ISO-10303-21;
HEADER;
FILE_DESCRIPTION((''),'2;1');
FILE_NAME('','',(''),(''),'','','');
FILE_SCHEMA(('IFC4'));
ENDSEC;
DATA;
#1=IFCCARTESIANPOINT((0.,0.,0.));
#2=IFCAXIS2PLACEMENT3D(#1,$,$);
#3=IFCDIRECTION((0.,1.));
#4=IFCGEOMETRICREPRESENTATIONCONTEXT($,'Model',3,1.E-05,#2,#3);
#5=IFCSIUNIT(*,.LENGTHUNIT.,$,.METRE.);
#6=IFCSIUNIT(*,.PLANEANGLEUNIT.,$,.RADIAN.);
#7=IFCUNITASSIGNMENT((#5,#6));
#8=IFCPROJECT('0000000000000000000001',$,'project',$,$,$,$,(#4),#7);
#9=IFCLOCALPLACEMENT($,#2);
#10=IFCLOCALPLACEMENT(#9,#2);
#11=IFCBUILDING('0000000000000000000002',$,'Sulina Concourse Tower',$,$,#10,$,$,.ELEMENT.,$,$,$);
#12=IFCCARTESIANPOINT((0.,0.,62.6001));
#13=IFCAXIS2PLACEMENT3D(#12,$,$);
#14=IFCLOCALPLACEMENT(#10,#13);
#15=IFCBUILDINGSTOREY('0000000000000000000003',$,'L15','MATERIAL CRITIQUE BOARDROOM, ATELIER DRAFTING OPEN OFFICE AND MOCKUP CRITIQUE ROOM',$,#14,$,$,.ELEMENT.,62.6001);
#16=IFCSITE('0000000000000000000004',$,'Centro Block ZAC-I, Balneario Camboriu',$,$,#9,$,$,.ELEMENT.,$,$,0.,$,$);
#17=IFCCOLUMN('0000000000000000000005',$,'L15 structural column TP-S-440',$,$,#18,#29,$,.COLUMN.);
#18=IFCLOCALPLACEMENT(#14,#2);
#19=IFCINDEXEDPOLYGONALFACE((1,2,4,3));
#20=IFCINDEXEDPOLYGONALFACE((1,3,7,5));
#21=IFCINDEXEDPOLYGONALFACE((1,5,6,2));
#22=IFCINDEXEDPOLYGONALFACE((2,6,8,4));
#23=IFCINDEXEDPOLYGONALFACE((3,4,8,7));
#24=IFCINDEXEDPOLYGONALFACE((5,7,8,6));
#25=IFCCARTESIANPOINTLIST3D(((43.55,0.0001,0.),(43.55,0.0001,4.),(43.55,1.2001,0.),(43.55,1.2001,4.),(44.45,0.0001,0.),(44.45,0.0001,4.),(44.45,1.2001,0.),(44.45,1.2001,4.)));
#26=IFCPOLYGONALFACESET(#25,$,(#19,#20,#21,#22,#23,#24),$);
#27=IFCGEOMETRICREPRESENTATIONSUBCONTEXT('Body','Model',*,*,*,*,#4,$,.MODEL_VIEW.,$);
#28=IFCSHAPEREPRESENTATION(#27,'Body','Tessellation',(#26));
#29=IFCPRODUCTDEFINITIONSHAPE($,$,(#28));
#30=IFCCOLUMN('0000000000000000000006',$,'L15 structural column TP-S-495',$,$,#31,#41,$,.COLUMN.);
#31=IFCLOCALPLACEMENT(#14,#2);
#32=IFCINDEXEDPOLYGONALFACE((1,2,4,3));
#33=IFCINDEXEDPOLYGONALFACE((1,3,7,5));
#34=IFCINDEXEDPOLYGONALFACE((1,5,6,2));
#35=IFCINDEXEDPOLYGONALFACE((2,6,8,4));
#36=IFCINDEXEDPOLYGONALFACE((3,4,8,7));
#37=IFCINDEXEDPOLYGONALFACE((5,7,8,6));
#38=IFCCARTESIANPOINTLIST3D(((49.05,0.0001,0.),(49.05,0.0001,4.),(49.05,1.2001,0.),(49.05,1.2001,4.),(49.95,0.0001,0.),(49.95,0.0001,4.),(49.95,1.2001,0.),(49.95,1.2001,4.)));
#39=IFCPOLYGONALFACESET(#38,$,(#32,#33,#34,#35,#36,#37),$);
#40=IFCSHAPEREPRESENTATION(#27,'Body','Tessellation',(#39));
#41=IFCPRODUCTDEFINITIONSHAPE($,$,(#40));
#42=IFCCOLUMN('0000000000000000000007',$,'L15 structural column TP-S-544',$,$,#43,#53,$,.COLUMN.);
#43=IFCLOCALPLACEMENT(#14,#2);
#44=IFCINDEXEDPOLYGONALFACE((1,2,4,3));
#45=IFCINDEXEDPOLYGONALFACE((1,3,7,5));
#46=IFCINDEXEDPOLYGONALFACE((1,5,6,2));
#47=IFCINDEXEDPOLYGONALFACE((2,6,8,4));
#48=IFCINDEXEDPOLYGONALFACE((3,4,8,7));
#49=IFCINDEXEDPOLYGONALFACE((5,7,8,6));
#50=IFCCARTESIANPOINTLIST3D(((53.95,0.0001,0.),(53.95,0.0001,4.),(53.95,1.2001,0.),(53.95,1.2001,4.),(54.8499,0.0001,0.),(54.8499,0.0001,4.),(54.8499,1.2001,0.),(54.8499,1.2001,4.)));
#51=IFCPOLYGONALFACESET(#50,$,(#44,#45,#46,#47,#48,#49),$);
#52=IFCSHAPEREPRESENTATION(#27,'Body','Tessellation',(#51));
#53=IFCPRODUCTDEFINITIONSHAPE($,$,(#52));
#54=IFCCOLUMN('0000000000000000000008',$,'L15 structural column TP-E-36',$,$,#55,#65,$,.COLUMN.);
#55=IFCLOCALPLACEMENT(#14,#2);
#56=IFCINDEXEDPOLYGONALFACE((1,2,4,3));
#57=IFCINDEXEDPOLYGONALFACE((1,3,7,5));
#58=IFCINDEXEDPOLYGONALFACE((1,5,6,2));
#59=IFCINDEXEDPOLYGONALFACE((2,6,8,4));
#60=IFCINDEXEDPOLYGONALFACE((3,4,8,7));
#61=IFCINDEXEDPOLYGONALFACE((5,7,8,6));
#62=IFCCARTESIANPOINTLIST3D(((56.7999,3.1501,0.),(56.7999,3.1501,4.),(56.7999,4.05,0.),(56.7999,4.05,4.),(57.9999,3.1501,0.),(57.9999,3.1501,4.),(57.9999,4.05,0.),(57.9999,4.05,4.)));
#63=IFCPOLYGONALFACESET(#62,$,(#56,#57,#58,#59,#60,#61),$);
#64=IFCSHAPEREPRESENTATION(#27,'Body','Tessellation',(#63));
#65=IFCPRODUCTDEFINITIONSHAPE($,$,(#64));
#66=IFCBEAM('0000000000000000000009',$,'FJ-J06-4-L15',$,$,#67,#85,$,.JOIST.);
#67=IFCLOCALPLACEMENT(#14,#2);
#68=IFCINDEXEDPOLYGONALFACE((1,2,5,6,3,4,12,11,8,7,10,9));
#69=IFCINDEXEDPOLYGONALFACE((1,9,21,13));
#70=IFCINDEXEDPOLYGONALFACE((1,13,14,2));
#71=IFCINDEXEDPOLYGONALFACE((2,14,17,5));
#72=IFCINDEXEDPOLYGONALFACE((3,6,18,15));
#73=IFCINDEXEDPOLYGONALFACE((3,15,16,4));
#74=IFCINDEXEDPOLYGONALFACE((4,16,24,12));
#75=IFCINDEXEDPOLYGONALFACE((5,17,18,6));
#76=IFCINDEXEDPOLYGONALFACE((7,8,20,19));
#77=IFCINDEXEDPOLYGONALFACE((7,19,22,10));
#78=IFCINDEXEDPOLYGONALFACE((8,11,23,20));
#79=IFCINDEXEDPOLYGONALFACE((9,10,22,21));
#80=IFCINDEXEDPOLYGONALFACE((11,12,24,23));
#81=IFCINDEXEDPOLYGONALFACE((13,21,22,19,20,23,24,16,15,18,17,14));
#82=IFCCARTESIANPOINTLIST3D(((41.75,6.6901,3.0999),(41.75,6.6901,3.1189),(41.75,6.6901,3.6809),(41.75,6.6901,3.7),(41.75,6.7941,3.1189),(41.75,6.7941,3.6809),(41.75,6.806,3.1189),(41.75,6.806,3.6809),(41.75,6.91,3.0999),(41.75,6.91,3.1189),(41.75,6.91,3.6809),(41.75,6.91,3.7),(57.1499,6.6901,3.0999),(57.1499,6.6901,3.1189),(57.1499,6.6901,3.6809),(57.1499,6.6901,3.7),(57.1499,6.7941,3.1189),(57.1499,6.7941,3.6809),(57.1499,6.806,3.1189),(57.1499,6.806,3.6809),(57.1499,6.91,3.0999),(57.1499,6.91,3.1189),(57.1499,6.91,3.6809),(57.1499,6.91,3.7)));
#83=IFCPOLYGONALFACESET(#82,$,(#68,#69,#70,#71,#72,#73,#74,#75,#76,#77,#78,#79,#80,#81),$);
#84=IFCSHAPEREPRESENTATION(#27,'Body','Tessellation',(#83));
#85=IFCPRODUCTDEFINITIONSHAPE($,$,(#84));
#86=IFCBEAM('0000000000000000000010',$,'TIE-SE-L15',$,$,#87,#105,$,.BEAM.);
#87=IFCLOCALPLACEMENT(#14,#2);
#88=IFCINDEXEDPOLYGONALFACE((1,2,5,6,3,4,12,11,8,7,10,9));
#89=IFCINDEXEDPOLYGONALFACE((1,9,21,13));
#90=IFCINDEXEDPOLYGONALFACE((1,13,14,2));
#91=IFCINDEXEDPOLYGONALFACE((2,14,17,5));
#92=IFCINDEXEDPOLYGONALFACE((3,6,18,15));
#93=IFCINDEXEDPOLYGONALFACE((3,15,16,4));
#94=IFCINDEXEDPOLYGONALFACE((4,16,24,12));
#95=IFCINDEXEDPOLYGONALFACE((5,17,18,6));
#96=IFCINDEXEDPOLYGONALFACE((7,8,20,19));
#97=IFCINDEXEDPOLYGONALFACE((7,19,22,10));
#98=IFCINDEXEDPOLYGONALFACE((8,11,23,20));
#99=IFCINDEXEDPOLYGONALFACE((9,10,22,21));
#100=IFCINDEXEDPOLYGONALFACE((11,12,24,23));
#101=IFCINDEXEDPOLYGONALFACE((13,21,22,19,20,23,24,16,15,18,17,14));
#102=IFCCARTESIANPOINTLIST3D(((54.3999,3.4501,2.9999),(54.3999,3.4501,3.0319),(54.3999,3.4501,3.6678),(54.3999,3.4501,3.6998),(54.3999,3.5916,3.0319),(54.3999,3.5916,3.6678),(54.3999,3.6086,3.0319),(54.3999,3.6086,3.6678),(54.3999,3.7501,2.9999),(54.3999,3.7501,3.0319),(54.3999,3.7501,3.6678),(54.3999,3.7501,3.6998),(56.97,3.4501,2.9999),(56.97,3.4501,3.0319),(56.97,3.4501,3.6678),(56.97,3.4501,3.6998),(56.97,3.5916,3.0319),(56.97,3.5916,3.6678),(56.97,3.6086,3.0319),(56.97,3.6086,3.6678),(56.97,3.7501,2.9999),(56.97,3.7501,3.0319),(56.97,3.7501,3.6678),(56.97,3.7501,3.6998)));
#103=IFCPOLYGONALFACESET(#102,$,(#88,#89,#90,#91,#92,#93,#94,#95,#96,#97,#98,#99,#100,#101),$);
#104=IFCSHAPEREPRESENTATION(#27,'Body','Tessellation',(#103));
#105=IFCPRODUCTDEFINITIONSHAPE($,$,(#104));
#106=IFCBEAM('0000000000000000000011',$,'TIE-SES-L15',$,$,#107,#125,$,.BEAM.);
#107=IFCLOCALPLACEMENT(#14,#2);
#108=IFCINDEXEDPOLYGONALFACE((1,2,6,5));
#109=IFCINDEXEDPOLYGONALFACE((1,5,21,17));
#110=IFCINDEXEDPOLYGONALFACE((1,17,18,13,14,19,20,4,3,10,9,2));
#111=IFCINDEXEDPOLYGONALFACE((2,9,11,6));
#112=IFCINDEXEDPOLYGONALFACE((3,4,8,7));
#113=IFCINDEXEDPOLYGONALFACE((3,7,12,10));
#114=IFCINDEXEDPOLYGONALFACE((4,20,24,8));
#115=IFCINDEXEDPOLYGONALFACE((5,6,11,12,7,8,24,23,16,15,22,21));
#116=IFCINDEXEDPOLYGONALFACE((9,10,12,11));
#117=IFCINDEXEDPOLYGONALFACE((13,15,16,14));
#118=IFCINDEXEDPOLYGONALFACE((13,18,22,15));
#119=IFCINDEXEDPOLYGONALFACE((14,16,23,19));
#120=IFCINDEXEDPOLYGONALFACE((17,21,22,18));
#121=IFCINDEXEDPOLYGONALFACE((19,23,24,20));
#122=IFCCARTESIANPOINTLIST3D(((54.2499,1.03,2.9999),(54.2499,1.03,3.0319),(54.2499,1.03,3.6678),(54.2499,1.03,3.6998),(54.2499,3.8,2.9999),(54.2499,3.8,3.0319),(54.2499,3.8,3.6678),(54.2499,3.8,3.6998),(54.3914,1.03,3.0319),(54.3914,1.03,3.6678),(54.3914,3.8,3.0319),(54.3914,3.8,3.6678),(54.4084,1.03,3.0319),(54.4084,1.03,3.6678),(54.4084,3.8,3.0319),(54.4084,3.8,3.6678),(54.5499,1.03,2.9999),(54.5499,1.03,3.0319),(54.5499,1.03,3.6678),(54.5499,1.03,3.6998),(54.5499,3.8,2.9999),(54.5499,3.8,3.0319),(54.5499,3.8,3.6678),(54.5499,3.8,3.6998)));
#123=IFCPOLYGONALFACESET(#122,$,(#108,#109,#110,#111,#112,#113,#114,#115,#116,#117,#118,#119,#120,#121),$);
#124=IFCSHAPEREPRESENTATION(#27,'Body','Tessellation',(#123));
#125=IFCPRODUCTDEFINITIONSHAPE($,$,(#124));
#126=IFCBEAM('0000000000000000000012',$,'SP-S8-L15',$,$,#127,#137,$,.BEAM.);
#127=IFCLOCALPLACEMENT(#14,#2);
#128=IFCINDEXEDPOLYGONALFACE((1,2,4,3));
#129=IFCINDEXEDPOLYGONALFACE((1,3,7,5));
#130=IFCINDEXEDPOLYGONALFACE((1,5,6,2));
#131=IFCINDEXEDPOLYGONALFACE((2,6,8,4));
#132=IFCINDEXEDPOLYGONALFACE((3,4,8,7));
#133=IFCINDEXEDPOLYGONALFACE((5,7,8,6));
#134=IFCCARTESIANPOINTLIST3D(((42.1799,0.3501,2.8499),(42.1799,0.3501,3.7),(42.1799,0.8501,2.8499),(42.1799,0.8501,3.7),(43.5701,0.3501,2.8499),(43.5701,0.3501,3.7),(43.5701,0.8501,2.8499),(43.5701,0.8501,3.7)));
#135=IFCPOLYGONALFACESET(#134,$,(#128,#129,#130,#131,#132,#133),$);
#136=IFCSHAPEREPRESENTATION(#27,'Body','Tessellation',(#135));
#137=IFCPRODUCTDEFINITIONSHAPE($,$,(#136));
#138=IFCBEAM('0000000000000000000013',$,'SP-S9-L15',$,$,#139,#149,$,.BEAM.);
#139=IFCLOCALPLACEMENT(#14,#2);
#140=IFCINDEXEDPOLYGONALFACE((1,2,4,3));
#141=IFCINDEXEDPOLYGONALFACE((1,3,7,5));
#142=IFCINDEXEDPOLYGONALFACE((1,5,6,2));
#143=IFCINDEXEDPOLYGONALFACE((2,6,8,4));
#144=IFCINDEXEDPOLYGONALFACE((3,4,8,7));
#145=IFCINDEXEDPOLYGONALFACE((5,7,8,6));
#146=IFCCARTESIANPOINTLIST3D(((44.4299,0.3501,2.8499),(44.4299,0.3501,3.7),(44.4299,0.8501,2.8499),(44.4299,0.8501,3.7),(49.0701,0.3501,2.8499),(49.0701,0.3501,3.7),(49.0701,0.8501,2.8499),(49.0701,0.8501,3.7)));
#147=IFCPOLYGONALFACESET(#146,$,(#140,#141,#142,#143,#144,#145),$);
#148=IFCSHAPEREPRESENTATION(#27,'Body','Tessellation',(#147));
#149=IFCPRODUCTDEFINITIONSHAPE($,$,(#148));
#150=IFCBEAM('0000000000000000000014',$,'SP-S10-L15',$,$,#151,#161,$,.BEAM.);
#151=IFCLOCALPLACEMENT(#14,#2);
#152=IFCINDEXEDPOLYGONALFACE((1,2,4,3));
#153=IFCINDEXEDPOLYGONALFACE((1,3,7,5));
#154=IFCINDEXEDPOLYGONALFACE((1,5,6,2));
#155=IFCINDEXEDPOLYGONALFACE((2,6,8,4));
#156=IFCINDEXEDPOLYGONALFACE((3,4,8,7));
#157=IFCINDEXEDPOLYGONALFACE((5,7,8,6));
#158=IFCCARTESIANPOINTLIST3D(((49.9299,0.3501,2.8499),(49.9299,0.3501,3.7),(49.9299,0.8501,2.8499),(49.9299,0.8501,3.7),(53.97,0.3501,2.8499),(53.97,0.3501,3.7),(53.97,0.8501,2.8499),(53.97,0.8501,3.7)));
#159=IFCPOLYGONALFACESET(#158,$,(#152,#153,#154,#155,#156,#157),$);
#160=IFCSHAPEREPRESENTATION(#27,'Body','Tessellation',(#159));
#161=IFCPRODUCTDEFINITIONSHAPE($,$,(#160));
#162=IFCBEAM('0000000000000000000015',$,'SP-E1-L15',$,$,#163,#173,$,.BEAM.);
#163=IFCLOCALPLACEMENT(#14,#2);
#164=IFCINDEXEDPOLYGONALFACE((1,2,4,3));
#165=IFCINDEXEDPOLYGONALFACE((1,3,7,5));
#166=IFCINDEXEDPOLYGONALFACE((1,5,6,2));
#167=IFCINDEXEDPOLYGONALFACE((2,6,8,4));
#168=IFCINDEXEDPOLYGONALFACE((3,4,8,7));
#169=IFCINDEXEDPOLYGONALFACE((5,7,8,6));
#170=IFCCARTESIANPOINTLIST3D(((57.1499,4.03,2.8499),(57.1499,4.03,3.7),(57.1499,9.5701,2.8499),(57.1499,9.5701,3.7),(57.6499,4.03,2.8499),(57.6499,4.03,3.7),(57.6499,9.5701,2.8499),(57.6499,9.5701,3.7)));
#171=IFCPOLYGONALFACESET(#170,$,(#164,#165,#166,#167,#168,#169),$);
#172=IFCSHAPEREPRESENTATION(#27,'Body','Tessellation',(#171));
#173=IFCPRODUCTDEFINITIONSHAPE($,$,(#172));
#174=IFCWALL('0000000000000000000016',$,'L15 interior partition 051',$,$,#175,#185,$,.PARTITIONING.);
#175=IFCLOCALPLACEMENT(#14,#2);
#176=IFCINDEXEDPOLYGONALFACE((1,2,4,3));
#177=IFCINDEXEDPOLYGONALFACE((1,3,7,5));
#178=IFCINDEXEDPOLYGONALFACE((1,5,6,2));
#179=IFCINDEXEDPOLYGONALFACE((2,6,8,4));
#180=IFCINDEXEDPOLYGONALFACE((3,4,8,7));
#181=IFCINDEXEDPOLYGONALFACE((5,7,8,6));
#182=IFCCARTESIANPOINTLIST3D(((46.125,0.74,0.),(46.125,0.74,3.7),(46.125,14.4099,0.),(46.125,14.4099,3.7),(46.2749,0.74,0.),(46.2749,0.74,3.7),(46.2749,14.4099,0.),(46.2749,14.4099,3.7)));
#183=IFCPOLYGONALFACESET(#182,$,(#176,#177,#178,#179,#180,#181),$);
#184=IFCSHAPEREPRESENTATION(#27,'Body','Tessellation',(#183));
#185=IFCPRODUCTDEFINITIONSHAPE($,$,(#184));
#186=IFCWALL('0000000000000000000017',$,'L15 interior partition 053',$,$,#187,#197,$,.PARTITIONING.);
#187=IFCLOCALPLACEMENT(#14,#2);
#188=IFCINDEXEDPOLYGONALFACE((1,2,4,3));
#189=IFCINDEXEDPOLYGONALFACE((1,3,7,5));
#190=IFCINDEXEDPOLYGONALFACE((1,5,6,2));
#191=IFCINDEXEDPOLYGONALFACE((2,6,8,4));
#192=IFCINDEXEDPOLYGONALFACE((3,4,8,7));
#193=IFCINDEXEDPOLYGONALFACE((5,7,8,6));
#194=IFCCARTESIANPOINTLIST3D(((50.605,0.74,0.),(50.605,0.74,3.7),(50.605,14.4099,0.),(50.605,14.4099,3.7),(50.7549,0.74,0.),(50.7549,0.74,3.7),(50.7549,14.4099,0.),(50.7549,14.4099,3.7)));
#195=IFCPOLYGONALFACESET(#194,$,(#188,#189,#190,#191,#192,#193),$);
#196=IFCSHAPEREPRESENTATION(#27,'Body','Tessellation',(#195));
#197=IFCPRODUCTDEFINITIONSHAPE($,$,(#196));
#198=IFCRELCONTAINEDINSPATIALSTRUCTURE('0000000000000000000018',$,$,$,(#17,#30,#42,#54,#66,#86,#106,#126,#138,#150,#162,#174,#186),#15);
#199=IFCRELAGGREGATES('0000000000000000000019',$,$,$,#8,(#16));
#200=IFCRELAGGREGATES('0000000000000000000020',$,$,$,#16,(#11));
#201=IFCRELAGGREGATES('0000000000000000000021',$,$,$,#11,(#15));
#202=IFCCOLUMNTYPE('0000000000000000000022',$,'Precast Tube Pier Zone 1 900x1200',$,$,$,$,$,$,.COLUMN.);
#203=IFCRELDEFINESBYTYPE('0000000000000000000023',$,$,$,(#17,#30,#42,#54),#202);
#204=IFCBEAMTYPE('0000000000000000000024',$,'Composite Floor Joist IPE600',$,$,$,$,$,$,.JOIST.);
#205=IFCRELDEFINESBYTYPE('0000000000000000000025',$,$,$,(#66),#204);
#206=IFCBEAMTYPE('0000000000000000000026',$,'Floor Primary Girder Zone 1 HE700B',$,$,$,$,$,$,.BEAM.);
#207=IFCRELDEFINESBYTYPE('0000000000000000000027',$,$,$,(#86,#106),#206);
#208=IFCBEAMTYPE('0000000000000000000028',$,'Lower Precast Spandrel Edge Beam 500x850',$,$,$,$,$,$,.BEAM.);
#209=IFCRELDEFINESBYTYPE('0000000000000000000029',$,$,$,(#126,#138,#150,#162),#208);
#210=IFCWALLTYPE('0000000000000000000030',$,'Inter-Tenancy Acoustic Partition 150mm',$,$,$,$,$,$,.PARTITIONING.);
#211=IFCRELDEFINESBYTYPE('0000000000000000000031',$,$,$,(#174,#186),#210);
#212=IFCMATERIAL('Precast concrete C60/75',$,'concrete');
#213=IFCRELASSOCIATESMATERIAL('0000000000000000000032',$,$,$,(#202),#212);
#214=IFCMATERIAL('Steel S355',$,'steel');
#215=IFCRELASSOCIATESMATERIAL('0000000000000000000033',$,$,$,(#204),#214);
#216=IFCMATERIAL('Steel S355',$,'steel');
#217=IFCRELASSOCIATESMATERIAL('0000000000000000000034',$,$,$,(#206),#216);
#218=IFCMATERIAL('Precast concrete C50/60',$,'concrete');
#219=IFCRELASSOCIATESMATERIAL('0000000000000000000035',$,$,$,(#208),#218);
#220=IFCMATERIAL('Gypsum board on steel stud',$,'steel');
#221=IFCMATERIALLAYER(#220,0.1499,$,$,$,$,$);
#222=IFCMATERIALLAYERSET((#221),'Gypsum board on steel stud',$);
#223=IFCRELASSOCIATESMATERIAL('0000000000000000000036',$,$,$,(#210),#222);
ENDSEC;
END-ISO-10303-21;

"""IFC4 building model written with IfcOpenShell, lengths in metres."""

from ifc_helpers import new_model, si_unit, direction, frame, frame_2d, origin, origin_2d, place, context, subcontext, project, spatial, rectangle, i_section, extrude, material, layer, layer_set, material_profile, profile_set, type_object, element, save


model = new_model("IFC4")

# Units and contexts
model_context = context("Model", 3, precision=1e-05, world=origin(), true_north=direction((0.0, 1.0)))
body_context = subcontext(model_context, "Body", "Model", "MODEL_VIEW")
ifc_project = project(units=[si_unit("LENGTHUNIT", "METRE"), si_unit("PLANEANGLEUNIT", "RADIAN")], contexts=[model_context])

# Site, building, storey
site_placement = place(None, origin())
site = spatial("IfcSite", under=ifc_project, at=site_placement, Name="Centro Block ZAC-I, Balneario Camboriu", CompositionType="ELEMENT", RefElevation=0.0)
building_placement = place(site_placement, origin())
building = spatial("IfcBuilding", under=site, at=building_placement, Name="Sulina Concourse Tower", CompositionType="ELEMENT")
storey_placement = place(building_placement, frame((0.0, 0.0, 62.6001)))
storey = spatial("IfcBuildingStorey", under=building, at=storey_placement, Name="L15", Description="MATERIAL CRITIQUE BOARDROOM, ATELIER DRAFTING OPEN OFFICE AND MOCKUP CRITIQUE ROOM", CompositionType="ELEMENT", Elevation=62.6001)

# Columns
ifc_material_1 = material(Name="Precast concrete C60/75", Category="concrete")
ifc_material_profile_1 = material_profile(ifc_material_1, rectangle(XDim=0.8999, YDim=1.2, at=origin_2d()), Name="PC 900x1200")
ifc_profile_set_1 = profile_set([ifc_material_profile_1], Name="Precast concrete C60/75")
column_type = type_object("IfcColumnType", Name="Precast Tube Pier Zone 1 900x1200", PredefinedType="COLUMN", material=ifc_profile_set_1)
for number, where, z_axis, x_axis, name in (
    (1, (44.0, 0.6001, 0.0), (0.0, 0.0, 1.0), (1.0, 0.0, 0.0), "L15 structural column TP-S-440"),
    (2, (49.5, 0.6001, 0.0), (0.0, 0.0, 1.0), (1.0, 0.0, 0.0), "L15 structural column TP-S-495"),
    (3, (54.3999, 0.6001, 0.0), (0.0, 0.0, 1.0), (1.0, 0.0, 0.0), "L15 structural column TP-S-544"),
    (4, (57.3999, 3.6001, 0.0), (0.0, 0.0, 1.0), (0.0, 1.0, 0.0), "L15 structural column TP-E-36"),
):
    element("IfcColumn", number, at=place(storey_placement, frame(where, z_axis=z_axis, x_axis=x_axis)), inside=storey, type_object=column_type, Name=name, PredefinedType="COLUMN", context=body_context, shape_type="SweptSolid", body=[
        extrude(rectangle(XDim=0.8999, YDim=1.2, at=origin_2d()), origin(), (0.0, 0.0, 1.0), 4.0),
    ])

# Beams
ifc_material_2 = material(Name="Steel S355", Category="steel")
ifc_material_profile_2 = material_profile(ifc_material_2, i_section(OverallWidth=0.22, OverallDepth=0.6001, WebThickness=0.012, FlangeThickness=0.019, at=origin_2d()), Name="IPE 600")
ifc_profile_set_2 = profile_set([ifc_material_profile_2], Name="Steel S355")
beam_type_1 = type_object("IfcBeamType", Name="Composite Floor Joist IPE600", PredefinedType="JOIST", material=ifc_profile_set_2)
beam_1_placement = place(storey_placement, frame((41.75, 6.8, 3.3999), z_axis=(1.0, 0.0, 0.0), x_axis=(0.0, 1.0, 0.0)))
element("IfcBeam", 5, at=beam_1_placement, inside=storey, type_object=beam_type_1, Name="FJ-J06-4-L15", PredefinedType="JOIST", context=body_context, shape_type="SweptSolid", body=[
    extrude(i_section(OverallWidth=0.22, OverallDepth=0.6001, WebThickness=0.012, FlangeThickness=0.019, at=origin_2d()), origin(), (0.0, 0.0, 1.0), 15.3999),
])
ifc_material_3 = material(Name="Steel S355", Category="steel")
ifc_material_profile_3 = material_profile(ifc_material_3, i_section(OverallWidth=0.3, OverallDepth=0.7, WebThickness=0.0171, FlangeThickness=0.032, at=origin_2d()), Name="HE 700 B")
ifc_profile_set_3 = profile_set([ifc_material_profile_3], Name="Steel S355")
beam_type_2 = type_object("IfcBeamType", Name="Floor Primary Girder Zone 1 HE700B", PredefinedType="BEAM", material=ifc_profile_set_3)
beam_2_placement = place(storey_placement, frame((54.3999, 3.6001, 3.3499), z_axis=(1.0, 0.0, 0.0), x_axis=(0.0, 1.0, 0.0)))
element("IfcBeam", 6, at=beam_2_placement, inside=storey, type_object=beam_type_2, Name="TIE-SE-L15", PredefinedType="BEAM", context=body_context, shape_type="SweptSolid", body=[
    extrude(i_section(OverallWidth=0.3, OverallDepth=0.7, WebThickness=0.0171, FlangeThickness=0.032, at=origin_2d()), origin(), (0.0, 0.0, 1.0), 2.5701),
])
beam_3_placement = place(storey_placement, frame((54.3999, 1.03, 3.3499), z_axis=(0.0, 1.0, 0.0), x_axis=(-1.0, 0.0, 0.0)))
element("IfcBeam", 7, at=beam_3_placement, inside=storey, type_object=beam_type_2, Name="TIE-SES-L15", PredefinedType="BEAM", context=body_context, shape_type="SweptSolid", body=[
    extrude(i_section(OverallWidth=0.3, OverallDepth=0.7, WebThickness=0.0171, FlangeThickness=0.032, at=origin_2d()), origin(), (0.0, 0.0, 1.0), 2.77),
])
ifc_material_4 = material(Name="Precast concrete C50/60", Category="concrete")
ifc_material_profile_4 = material_profile(ifc_material_4, rectangle(XDim=0.5, YDim=0.8501, at=origin_2d()), Name="RC 500x850")
ifc_profile_set_4 = profile_set([ifc_material_profile_4], Name="Precast concrete C50/60")
beam_type_3 = type_object("IfcBeamType", Name="Lower Precast Spandrel Edge Beam 500x850", PredefinedType="BEAM", material=ifc_profile_set_4)
beam_4_placement = place(storey_placement, frame((42.1799, 0.6001, 3.2749), z_axis=(1.0, 0.0, 0.0), x_axis=(0.0, 1.0, 0.0)))
element("IfcBeam", 8, at=beam_4_placement, inside=storey, type_object=beam_type_3, Name="SP-S8-L15", PredefinedType="BEAM", context=body_context, shape_type="SweptSolid", body=[
    extrude(rectangle(XDim=0.5, YDim=0.8501, at=origin_2d()), origin(), (0.0, 0.0, 1.0), 1.3901),
])
beam_5_placement = place(storey_placement, frame((44.4299, 0.6001, 3.2749), z_axis=(1.0, 0.0, 0.0), x_axis=(0.0, 1.0, 0.0)))
element("IfcBeam", 9, at=beam_5_placement, inside=storey, type_object=beam_type_3, Name="SP-S9-L15", PredefinedType="BEAM", context=body_context, shape_type="SweptSolid", body=[
    extrude(rectangle(XDim=0.5, YDim=0.8501, at=origin_2d()), origin(), (0.0, 0.0, 1.0), 4.6401),
])
beam_6_placement = place(storey_placement, frame((49.9299, 0.6001, 3.2749), z_axis=(1.0, 0.0, 0.0), x_axis=(0.0, 1.0, 0.0)))
element("IfcBeam", 10, at=beam_6_placement, inside=storey, type_object=beam_type_3, Name="SP-S10-L15", PredefinedType="BEAM", context=body_context, shape_type="SweptSolid", body=[
    extrude(rectangle(XDim=0.5, YDim=0.8501, at=origin_2d()), origin(), (0.0, 0.0, 1.0), 4.04),
])
beam_7_placement = place(storey_placement, frame((57.3999, 4.03, 3.2749), z_axis=(0.0, 1.0, 0.0), x_axis=(-1.0, 0.0, 0.0)))
element("IfcBeam", 11, at=beam_7_placement, inside=storey, type_object=beam_type_3, Name="SP-E1-L15", PredefinedType="BEAM", context=body_context, shape_type="SweptSolid", body=[
    extrude(rectangle(XDim=0.5, YDim=0.8501, at=origin_2d()), origin(), (0.0, 0.0, 1.0), 5.54),
])

# Walls
ifc_material_5 = material(Name="Gypsum board on steel stud", Category="steel")
ifc_layer_1 = layer(ifc_material_5, 0.1499)
ifc_layer_set_1 = layer_set([ifc_layer_1], Name="Gypsum board on steel stud")
wall_type_1 = type_object("IfcWallType", Name="Inter-Tenancy Acoustic Partition 150mm", PredefinedType="PARTITIONING", material=ifc_layer_set_1)
for number, where, z_axis, x_axis, name in (
    (12, (46.2, 0.74, 0.0), (0.0, 0.0, 1.0), (0.0, 1.0, 0.0), "L15 interior partition 051"),
    (13, (50.6799, 0.74, 0.0), (0.0, 0.0, 1.0), (0.0, 1.0, 0.0), "L15 interior partition 053"),
):
    element("IfcWall", number, at=place(storey_placement, frame(where, z_axis=z_axis, x_axis=x_axis)), inside=storey, type_object=wall_type_1, Name=name, PredefinedType="PARTITIONING", context=body_context, shape_type="SweptSolid", body=[
        extrude(rectangle(XDim=13.6699, YDim=0.1499, at=frame_2d((6.835, 0.0))), origin(), (0.0, 0.0, 1.0), 3.7),
    ])

save(model, "model.ifc")
